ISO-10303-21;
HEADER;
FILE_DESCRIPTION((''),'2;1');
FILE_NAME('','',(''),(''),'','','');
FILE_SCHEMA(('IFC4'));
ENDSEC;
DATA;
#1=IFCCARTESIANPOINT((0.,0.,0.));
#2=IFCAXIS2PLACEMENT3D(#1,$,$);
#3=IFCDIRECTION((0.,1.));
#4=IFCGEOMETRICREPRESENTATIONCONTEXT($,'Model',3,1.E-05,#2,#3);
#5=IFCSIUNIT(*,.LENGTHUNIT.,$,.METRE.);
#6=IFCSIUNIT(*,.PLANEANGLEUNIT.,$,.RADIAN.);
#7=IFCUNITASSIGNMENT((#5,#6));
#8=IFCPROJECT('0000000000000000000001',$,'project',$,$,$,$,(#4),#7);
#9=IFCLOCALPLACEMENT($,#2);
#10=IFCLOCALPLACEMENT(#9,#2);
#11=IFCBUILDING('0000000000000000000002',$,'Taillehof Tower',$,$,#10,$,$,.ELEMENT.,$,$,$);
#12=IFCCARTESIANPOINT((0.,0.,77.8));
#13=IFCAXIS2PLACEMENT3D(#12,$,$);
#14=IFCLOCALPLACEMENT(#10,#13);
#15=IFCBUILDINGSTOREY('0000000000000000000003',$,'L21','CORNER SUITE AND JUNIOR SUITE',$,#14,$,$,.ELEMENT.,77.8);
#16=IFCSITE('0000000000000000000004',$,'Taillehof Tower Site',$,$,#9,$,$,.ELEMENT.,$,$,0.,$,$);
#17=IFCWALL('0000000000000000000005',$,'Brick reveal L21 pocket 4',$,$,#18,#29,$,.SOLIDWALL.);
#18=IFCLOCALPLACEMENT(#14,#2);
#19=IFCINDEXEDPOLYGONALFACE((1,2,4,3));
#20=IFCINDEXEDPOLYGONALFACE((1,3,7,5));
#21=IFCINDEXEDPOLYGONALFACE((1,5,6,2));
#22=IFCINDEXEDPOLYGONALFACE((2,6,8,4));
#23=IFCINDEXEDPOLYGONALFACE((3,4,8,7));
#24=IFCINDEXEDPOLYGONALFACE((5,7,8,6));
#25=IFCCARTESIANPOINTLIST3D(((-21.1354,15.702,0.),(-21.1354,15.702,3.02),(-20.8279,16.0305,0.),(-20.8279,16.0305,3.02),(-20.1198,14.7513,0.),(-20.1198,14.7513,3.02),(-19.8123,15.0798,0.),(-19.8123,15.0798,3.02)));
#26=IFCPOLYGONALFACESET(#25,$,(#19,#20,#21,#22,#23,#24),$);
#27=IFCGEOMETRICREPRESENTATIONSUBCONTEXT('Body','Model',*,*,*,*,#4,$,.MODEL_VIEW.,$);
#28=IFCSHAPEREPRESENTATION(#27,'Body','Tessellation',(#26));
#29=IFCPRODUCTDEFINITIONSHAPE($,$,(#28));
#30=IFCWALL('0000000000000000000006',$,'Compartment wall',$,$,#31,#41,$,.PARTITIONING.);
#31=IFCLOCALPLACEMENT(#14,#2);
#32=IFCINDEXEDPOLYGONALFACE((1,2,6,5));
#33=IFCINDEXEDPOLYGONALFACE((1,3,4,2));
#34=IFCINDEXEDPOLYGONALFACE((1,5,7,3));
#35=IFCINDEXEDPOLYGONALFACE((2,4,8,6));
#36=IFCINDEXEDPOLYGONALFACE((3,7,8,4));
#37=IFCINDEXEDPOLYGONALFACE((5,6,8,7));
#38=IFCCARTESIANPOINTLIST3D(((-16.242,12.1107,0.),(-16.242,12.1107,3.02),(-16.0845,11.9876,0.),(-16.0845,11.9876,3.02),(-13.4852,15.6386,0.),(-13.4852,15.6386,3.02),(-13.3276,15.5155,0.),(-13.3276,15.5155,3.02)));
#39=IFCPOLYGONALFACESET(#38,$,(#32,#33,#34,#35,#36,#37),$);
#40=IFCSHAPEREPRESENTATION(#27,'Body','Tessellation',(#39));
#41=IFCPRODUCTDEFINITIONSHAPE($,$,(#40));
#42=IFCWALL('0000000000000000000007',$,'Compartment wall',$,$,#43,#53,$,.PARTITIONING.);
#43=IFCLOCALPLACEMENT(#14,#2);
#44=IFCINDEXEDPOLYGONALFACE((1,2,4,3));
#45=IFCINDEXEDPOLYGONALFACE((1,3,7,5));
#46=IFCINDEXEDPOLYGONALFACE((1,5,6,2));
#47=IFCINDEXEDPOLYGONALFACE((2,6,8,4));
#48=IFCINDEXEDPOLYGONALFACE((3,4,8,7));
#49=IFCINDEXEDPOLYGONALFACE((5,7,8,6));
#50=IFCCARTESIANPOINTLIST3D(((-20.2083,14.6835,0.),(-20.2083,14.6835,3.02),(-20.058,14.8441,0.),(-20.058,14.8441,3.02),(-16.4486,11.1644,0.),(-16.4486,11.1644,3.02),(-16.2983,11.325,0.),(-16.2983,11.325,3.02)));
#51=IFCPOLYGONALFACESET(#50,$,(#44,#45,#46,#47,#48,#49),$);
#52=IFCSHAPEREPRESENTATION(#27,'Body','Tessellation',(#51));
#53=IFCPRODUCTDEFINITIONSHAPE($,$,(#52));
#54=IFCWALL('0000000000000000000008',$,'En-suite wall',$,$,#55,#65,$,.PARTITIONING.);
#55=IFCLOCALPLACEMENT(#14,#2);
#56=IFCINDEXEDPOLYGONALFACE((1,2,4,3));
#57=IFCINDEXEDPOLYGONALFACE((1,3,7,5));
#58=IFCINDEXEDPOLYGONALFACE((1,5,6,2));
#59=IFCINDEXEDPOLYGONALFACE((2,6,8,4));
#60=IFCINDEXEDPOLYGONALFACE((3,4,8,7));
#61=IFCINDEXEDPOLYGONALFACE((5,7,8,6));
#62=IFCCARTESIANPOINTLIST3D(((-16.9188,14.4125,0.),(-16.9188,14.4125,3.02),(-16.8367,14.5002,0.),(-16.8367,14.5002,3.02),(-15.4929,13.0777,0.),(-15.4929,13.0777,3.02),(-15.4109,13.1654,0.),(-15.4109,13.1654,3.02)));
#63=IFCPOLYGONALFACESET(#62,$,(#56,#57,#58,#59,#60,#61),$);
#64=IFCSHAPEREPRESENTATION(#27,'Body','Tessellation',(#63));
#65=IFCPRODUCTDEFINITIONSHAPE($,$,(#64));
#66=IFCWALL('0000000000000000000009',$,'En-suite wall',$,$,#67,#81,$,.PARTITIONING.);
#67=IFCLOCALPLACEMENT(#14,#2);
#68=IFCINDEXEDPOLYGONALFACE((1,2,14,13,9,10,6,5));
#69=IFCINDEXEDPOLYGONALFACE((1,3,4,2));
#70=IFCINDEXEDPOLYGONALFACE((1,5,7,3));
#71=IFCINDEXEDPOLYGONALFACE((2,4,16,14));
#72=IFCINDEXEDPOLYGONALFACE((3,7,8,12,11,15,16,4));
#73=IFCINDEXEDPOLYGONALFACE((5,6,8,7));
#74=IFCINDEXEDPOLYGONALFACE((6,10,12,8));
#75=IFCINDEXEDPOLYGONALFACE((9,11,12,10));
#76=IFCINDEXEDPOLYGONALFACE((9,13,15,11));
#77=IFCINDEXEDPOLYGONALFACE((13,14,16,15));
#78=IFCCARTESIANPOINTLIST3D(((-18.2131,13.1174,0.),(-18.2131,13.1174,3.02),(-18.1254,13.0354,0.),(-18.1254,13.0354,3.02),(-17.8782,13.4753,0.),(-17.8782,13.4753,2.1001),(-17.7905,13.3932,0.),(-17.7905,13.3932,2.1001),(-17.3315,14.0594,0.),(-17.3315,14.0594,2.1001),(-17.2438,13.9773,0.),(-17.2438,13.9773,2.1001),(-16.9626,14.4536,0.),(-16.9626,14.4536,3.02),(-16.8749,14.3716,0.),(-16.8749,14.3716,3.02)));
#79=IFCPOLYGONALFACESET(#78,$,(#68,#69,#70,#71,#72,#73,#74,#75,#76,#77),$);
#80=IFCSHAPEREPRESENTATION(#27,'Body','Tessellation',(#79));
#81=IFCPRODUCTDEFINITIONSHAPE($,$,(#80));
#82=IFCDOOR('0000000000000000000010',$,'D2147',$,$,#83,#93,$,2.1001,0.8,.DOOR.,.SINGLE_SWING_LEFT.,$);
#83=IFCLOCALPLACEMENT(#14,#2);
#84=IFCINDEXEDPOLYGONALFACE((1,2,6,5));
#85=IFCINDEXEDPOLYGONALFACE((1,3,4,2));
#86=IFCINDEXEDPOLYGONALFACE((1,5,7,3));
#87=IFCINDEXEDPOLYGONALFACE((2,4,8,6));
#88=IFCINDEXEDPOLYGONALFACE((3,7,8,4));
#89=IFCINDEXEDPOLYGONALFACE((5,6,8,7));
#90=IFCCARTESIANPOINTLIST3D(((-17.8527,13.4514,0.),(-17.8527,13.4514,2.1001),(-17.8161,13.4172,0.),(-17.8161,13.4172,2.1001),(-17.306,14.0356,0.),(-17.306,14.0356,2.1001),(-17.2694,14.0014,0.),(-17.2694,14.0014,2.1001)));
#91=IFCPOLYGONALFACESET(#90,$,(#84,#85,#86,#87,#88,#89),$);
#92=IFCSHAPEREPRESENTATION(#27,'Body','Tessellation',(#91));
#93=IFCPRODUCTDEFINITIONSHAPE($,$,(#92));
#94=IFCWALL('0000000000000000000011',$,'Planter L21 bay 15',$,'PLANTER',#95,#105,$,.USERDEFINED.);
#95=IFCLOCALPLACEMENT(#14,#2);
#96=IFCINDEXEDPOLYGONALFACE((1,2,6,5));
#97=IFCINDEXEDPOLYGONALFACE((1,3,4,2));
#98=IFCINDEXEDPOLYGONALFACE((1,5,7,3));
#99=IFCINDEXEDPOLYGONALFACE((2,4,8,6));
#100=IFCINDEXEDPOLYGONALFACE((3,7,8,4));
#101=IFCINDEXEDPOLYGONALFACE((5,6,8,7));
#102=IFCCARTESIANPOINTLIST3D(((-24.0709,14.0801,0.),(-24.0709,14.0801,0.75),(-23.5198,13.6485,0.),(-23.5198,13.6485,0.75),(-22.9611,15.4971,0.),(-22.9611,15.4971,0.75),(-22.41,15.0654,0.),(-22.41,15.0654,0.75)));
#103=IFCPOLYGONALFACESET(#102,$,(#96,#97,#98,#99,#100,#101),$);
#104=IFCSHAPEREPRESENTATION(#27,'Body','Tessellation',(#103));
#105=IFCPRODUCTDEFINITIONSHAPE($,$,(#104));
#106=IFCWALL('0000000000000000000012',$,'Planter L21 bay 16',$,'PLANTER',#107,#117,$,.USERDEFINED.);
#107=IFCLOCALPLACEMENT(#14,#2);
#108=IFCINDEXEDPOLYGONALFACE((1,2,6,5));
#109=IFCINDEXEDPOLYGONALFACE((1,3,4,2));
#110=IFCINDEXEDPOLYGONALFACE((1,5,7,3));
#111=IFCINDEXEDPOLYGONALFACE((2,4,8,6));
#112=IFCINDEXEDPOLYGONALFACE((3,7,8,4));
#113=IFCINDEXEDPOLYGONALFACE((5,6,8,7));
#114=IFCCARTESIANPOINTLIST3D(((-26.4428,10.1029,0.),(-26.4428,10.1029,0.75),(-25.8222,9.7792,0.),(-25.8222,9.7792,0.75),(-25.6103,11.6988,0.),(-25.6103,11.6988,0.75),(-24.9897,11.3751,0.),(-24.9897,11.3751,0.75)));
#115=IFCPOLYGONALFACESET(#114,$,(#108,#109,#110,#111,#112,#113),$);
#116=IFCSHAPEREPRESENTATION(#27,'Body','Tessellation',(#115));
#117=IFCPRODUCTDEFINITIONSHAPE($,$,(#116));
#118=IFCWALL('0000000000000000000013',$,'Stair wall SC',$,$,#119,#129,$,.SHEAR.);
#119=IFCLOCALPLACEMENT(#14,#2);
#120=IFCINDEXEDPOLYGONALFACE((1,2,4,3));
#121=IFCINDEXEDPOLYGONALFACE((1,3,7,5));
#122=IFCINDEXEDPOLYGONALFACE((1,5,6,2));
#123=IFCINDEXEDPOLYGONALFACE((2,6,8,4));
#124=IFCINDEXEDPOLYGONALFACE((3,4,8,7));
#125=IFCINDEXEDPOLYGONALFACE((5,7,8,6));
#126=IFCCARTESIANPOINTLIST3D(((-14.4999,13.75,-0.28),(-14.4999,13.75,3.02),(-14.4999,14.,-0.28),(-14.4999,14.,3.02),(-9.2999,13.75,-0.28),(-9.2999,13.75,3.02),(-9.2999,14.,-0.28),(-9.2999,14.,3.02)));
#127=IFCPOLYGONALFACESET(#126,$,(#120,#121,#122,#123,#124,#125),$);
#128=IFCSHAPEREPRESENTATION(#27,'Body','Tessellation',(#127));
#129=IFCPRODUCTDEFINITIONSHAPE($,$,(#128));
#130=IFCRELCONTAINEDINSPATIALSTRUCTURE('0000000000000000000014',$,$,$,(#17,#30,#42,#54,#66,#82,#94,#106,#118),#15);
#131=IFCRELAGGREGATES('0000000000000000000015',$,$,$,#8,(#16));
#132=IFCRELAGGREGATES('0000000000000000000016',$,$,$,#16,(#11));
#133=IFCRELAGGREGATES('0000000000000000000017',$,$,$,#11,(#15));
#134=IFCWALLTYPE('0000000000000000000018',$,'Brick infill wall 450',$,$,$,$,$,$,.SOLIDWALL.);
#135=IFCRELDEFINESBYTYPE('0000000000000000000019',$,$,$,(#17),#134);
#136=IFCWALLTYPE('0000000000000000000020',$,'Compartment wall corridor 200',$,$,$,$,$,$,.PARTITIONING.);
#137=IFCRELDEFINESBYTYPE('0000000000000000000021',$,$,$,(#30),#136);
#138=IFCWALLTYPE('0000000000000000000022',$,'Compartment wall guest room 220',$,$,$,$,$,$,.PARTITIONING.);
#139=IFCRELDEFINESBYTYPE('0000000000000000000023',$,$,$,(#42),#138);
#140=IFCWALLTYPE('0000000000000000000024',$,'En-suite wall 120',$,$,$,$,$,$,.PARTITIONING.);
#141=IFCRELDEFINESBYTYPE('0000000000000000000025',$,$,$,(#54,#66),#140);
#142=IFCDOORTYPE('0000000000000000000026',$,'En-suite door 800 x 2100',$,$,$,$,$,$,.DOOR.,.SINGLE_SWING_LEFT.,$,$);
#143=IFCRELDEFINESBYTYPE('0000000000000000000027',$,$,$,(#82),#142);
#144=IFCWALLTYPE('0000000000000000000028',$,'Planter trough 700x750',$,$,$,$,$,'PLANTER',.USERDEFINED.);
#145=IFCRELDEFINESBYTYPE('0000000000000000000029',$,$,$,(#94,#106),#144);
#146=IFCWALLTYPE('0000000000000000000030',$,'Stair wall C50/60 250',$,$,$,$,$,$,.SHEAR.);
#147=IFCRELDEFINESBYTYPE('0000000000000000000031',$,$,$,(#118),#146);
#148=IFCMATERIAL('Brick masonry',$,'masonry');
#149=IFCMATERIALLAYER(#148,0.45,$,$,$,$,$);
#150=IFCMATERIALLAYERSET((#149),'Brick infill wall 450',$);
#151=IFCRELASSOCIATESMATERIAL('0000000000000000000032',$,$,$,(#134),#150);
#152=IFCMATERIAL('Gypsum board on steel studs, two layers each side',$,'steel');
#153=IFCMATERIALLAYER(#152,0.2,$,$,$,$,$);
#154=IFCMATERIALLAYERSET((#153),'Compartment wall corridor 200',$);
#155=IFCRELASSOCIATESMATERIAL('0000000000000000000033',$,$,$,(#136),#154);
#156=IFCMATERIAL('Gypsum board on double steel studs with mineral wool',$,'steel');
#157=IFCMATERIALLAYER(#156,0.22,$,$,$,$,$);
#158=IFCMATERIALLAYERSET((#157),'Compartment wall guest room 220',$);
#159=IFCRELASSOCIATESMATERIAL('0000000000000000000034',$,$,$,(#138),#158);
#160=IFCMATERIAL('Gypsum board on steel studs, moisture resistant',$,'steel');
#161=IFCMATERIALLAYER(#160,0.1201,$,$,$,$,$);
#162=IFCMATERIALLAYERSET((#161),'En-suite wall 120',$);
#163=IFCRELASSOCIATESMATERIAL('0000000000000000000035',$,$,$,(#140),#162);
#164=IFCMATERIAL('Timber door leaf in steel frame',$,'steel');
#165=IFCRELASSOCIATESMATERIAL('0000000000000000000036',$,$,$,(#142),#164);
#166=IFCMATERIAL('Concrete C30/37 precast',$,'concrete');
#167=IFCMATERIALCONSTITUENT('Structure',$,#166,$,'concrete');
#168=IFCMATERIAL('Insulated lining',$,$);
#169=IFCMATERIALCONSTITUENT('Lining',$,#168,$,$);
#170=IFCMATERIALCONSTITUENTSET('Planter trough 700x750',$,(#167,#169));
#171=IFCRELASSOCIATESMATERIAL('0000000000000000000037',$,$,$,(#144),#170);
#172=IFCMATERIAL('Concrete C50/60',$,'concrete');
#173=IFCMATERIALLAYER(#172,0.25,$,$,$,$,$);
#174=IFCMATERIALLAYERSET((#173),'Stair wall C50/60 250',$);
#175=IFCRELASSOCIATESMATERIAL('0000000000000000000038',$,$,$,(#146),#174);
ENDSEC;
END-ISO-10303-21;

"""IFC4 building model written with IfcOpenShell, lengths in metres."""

from ifc_helpers import new_model, si_unit, direction, frame, frame_2d, origin, place, context, subcontext, project, spatial, rectangle, extrude, material, layer, layer_set, constituent, constituent_set, type_object, element, fill, save


model = new_model("IFC4")

# Units and contexts
model_context = context("Model", 3, precision=1e-05, world=origin(), true_north=direction((0.0, 1.0)))
body_context = subcontext(model_context, "Body", "Model", "MODEL_VIEW")
ifc_project = project(units=[si_unit("LENGTHUNIT", "METRE"), si_unit("PLANEANGLEUNIT", "RADIAN")], contexts=[model_context])

# Site, building, storey
site_placement = place(None, origin())
site = spatial("IfcSite", under=ifc_project, at=site_placement, Name="Taillehof Tower Site", CompositionType="ELEMENT", RefElevation=0.0)
building_placement = place(site_placement, origin())
building = spatial("IfcBuilding", under=site, at=building_placement, Name="Taillehof Tower", CompositionType="ELEMENT")
storey_placement = place(building_placement, frame((0.0, 0.0, 77.8)))
storey = spatial("IfcBuildingStorey", under=building, at=storey_placement, Name="L21", Description="CORNER SUITE AND JUNIOR SUITE", CompositionType="ELEMENT", Elevation=77.8)

# Shared definitions
ifc_material_1 = material(Name="Brick masonry", Category="masonry")
ifc_layer_1 = layer(ifc_material_1, 0.45)
ifc_layer_set_1 = layer_set([ifc_layer_1], Name="Brick infill wall 450")
wall_type_1 = type_object("IfcWallType", Name="Brick infill wall 450", PredefinedType="SOLIDWALL", material=ifc_layer_set_1)

# Wall
wall_1_placement = place(storey_placement, frame((-20.9817, 15.8662, 0.0), z_axis=(0.0, 0.0, 1.0), x_axis=(0.730062, -0.683381, 0.0)))
element("IfcWall", 1, at=wall_1_placement, inside=storey, type_object=wall_type_1, Name="Brick reveal L21 pocket 4", PredefinedType="SOLIDWALL", context=body_context, shape_type="SweptSolid", body=[
    extrude(rectangle(XDim=1.3911, YDim=0.45, at=frame_2d((0.6956, 0.0))), origin(), (0.0, 0.0, 1.0), 3.02),
])

# Walls
ifc_material_2 = material(Name="Gypsum board on steel studs, two layers each side", Category="steel")
ifc_layer_2 = layer(ifc_material_2, 0.2)
ifc_layer_set_2 = layer_set([ifc_layer_2], Name="Compartment wall corridor 200")
wall_type_2 = type_object("IfcWallType", Name="Compartment wall corridor 200", PredefinedType="PARTITIONING", material=ifc_layer_set_2)
wall_2_placement = place(storey_placement, frame((-16.1633, 12.0491, 0.0), z_axis=(0.0, 0.0, 1.0), x_axis=(0.615744, 0.787947, 0.0)))
element("IfcWall", 2, at=wall_2_placement, inside=storey, type_object=wall_type_2, Name="Compartment wall", PredefinedType="PARTITIONING", context=body_context, shape_type="SweptSolid", body=[
    extrude(rectangle(XDim=4.4773, YDim=0.2, at=frame_2d((2.2388, 0.0))), origin(), (0.0, 0.0, 1.0), 3.02),
])
ifc_material_3 = material(Name="Gypsum board on double steel studs with mineral wool", Category="steel")
ifc_layer_3 = layer(ifc_material_3, 0.22)
ifc_layer_set_3 = layer_set([ifc_layer_3], Name="Compartment wall guest room 220")
wall_type_3 = type_object("IfcWallType", Name="Compartment wall guest room 220", PredefinedType="PARTITIONING", material=ifc_layer_set_3)
wall_3_placement = place(storey_placement, frame((-20.1331, 14.7637, 0.0), z_axis=(0.0, 0.0, 1.0), x_axis=(0.730093, -0.683348, 0.0)))
element("IfcWall", 3, at=wall_3_placement, inside=storey, type_object=wall_type_3, Name="Compartment wall", PredefinedType="PARTITIONING", context=body_context, shape_type="SweptSolid", body=[
    extrude(rectangle(XDim=5.1497, YDim=0.22, at=frame_2d((2.5747, 0.0))), origin(), (0.0, 0.0, 1.0), 3.02),
])
ifc_material_4 = material(Name="Gypsum board on steel studs, moisture resistant", Category="steel")
ifc_layer_4 = layer(ifc_material_4, 0.1201)
ifc_layer_set_4 = layer_set([ifc_layer_4], Name="En-suite wall 120")
wall_type_4 = type_object("IfcWallType", Name="En-suite wall 120", PredefinedType="PARTITIONING", material=ifc_layer_set_4)
wall_4_placement = place(storey_placement, frame((-15.4519, 13.1216, 0.0), z_axis=(0.0, 0.0, 1.0), x_axis=(-0.730036, 0.683409, 0.0)))
element("IfcWall", 4, at=wall_4_placement, inside=storey, type_object=wall_type_4, Name="En-suite wall", PredefinedType="PARTITIONING", context=body_context, shape_type="SweptSolid", body=[
    extrude(rectangle(XDim=1.9531, YDim=0.1201, at=frame_2d((0.9766, 0.0))), origin(), (0.0, 0.0, 1.0), 3.02),
])

# Wall, opening, door
wall_5_placement = place(storey_placement, frame((-16.9187, 14.4126, 0.0), z_axis=(0.0, 0.0, 1.0), x_axis=(-0.683306, -0.730132, 0.0)))
wall_5 = element("IfcWall", 5, at=wall_5_placement, inside=storey, type_object=wall_type_4, Name="En-suite wall", PredefinedType="PARTITIONING", context=body_context, shape_type="SweptSolid", body=[
    extrude(rectangle(XDim=1.8301, YDim=0.1201, at=frame_2d((0.915, 0.0))), origin(), (0.0, 0.0, 1.0), 3.02),
])
opening_1_placement = place(wall_5_placement, frame((0.54, 0.0, 0.0)))
opening_1 = element("IfcOpeningElement", 6, at=opening_1_placement, cuts=wall_5, PredefinedType="OPENING", context=body_context, shape_type="SweptSolid", body=[
    extrude(rectangle(XDim=0.8, YDim=2.1001, at=frame_2d((0.3999, 1.05))), frame((0.0, 0.0701, 0.0), z_axis=(0.0, -1.0, 0.0), x_axis=(1.0, 0.0, 0.0)), (0.0, 0.0, 1.0), 0.1401),
])
ifc_material_5 = material(Name="Timber door leaf in steel frame", Category="steel")
door_type_1 = type_object("IfcDoorType", Name="En-suite door 800 x 2100", OperationType="SINGLE_SWING_LEFT", PredefinedType="DOOR", material=ifc_material_5)
door_1_placement = place(opening_1_placement, origin())
door_1 = element("IfcDoor", 7, at=door_1_placement, inside=storey, type_object=door_type_1, Name="D2147", OperationType="SINGLE_SWING_LEFT", OverallHeight=2.1001, OverallWidth=0.8, PredefinedType="DOOR", context=body_context, shape_type="SweptSolid", body=[
    extrude(rectangle(XDim=0.8, YDim=2.1001, at=frame_2d((0.3999, 1.05))), frame((0.0, 0.0249, 0.0), z_axis=(0.0, -1.0, 0.0), x_axis=(1.0, 0.0, 0.0)), (0.0, 0.0, 1.0), 0.05),
])
fill(opening_1, door_1)

# Walls
ifc_material_6 = material(Name="Concrete C30/37 precast", Category="concrete")
ifc_constituent_1 = constituent(ifc_material_6, Name="Structure", Category="concrete")
ifc_material_7 = material(Name="Insulated lining")
ifc_constituent_2 = constituent(ifc_material_7, Name="Lining")
ifc_constituent_set = constituent_set(constituents=[ifc_constituent_1, ifc_constituent_2], Name="Planter trough 700x750")
wall_type_5 = type_object("IfcWallType", Name="Planter trough 700x750", ElementType="PLANTER", PredefinedType="USERDEFINED", material=ifc_constituent_set)
wall_6_placement = place(storey_placement, frame((-22.6855, 15.2812, 0.0), z_axis=(0.0, 0.0, 1.0), x_axis=(-0.616623, -0.787259, 0.0)))
element("IfcWall", 8, at=wall_6_placement, inside=storey, type_object=wall_type_5, Name="Planter L21 bay 15", ObjectType="PLANTER", PredefinedType="USERDEFINED", context=body_context, shape_type="SweptSolid", body=[
    extrude(rectangle(XDim=1.7998, YDim=0.7, at=frame_2d((0.8999, 0.0))), origin(), (0.0, 0.0, 1.0), 0.75),
])
wall_7_placement = place(storey_placement, frame((-25.3, 11.5369, 0.0), z_axis=(0.0, 0.0, 1.0), x_axis=(-0.462501, -0.886619, 0.0)))
element("IfcWall", 9, at=wall_7_placement, inside=storey, type_object=wall_type_5, Name="Planter L21 bay 16", ObjectType="PLANTER", PredefinedType="USERDEFINED", context=body_context, shape_type="SweptSolid", body=[
    extrude(rectangle(XDim=1.8, YDim=0.7, at=frame_2d((0.8999, 0.0))), origin(), (0.0, 0.0, 1.0), 0.75),
])
ifc_material_8 = material(Name="Concrete C50/60", Category="concrete")
ifc_layer_5 = layer(ifc_material_8, 0.25)
ifc_layer_set_5 = layer_set([ifc_layer_5], Name="Stair wall C50/60 250")
wall_type_6 = type_object("IfcWallType", Name="Stair wall C50/60 250", PredefinedType="SHEAR", material=ifc_layer_set_5)
wall_8_placement = place(storey_placement, frame((-14.5, 13.875, -0.28), z_axis=(0.0, 0.0, 1.0), x_axis=(1.0, 0.0, 0.0)))
element("IfcWall", 10, at=wall_8_placement, inside=storey, type_object=wall_type_6, Name="Stair wall SC", PredefinedType="SHEAR", context=body_context, shape_type="SweptSolid", body=[
    extrude(rectangle(XDim=5.2, YDim=0.25, at=frame_2d((2.6001, 0.0))), origin(), (0.0, 0.0, 1.0), 3.3),
])

save(model, "model.ifc")
